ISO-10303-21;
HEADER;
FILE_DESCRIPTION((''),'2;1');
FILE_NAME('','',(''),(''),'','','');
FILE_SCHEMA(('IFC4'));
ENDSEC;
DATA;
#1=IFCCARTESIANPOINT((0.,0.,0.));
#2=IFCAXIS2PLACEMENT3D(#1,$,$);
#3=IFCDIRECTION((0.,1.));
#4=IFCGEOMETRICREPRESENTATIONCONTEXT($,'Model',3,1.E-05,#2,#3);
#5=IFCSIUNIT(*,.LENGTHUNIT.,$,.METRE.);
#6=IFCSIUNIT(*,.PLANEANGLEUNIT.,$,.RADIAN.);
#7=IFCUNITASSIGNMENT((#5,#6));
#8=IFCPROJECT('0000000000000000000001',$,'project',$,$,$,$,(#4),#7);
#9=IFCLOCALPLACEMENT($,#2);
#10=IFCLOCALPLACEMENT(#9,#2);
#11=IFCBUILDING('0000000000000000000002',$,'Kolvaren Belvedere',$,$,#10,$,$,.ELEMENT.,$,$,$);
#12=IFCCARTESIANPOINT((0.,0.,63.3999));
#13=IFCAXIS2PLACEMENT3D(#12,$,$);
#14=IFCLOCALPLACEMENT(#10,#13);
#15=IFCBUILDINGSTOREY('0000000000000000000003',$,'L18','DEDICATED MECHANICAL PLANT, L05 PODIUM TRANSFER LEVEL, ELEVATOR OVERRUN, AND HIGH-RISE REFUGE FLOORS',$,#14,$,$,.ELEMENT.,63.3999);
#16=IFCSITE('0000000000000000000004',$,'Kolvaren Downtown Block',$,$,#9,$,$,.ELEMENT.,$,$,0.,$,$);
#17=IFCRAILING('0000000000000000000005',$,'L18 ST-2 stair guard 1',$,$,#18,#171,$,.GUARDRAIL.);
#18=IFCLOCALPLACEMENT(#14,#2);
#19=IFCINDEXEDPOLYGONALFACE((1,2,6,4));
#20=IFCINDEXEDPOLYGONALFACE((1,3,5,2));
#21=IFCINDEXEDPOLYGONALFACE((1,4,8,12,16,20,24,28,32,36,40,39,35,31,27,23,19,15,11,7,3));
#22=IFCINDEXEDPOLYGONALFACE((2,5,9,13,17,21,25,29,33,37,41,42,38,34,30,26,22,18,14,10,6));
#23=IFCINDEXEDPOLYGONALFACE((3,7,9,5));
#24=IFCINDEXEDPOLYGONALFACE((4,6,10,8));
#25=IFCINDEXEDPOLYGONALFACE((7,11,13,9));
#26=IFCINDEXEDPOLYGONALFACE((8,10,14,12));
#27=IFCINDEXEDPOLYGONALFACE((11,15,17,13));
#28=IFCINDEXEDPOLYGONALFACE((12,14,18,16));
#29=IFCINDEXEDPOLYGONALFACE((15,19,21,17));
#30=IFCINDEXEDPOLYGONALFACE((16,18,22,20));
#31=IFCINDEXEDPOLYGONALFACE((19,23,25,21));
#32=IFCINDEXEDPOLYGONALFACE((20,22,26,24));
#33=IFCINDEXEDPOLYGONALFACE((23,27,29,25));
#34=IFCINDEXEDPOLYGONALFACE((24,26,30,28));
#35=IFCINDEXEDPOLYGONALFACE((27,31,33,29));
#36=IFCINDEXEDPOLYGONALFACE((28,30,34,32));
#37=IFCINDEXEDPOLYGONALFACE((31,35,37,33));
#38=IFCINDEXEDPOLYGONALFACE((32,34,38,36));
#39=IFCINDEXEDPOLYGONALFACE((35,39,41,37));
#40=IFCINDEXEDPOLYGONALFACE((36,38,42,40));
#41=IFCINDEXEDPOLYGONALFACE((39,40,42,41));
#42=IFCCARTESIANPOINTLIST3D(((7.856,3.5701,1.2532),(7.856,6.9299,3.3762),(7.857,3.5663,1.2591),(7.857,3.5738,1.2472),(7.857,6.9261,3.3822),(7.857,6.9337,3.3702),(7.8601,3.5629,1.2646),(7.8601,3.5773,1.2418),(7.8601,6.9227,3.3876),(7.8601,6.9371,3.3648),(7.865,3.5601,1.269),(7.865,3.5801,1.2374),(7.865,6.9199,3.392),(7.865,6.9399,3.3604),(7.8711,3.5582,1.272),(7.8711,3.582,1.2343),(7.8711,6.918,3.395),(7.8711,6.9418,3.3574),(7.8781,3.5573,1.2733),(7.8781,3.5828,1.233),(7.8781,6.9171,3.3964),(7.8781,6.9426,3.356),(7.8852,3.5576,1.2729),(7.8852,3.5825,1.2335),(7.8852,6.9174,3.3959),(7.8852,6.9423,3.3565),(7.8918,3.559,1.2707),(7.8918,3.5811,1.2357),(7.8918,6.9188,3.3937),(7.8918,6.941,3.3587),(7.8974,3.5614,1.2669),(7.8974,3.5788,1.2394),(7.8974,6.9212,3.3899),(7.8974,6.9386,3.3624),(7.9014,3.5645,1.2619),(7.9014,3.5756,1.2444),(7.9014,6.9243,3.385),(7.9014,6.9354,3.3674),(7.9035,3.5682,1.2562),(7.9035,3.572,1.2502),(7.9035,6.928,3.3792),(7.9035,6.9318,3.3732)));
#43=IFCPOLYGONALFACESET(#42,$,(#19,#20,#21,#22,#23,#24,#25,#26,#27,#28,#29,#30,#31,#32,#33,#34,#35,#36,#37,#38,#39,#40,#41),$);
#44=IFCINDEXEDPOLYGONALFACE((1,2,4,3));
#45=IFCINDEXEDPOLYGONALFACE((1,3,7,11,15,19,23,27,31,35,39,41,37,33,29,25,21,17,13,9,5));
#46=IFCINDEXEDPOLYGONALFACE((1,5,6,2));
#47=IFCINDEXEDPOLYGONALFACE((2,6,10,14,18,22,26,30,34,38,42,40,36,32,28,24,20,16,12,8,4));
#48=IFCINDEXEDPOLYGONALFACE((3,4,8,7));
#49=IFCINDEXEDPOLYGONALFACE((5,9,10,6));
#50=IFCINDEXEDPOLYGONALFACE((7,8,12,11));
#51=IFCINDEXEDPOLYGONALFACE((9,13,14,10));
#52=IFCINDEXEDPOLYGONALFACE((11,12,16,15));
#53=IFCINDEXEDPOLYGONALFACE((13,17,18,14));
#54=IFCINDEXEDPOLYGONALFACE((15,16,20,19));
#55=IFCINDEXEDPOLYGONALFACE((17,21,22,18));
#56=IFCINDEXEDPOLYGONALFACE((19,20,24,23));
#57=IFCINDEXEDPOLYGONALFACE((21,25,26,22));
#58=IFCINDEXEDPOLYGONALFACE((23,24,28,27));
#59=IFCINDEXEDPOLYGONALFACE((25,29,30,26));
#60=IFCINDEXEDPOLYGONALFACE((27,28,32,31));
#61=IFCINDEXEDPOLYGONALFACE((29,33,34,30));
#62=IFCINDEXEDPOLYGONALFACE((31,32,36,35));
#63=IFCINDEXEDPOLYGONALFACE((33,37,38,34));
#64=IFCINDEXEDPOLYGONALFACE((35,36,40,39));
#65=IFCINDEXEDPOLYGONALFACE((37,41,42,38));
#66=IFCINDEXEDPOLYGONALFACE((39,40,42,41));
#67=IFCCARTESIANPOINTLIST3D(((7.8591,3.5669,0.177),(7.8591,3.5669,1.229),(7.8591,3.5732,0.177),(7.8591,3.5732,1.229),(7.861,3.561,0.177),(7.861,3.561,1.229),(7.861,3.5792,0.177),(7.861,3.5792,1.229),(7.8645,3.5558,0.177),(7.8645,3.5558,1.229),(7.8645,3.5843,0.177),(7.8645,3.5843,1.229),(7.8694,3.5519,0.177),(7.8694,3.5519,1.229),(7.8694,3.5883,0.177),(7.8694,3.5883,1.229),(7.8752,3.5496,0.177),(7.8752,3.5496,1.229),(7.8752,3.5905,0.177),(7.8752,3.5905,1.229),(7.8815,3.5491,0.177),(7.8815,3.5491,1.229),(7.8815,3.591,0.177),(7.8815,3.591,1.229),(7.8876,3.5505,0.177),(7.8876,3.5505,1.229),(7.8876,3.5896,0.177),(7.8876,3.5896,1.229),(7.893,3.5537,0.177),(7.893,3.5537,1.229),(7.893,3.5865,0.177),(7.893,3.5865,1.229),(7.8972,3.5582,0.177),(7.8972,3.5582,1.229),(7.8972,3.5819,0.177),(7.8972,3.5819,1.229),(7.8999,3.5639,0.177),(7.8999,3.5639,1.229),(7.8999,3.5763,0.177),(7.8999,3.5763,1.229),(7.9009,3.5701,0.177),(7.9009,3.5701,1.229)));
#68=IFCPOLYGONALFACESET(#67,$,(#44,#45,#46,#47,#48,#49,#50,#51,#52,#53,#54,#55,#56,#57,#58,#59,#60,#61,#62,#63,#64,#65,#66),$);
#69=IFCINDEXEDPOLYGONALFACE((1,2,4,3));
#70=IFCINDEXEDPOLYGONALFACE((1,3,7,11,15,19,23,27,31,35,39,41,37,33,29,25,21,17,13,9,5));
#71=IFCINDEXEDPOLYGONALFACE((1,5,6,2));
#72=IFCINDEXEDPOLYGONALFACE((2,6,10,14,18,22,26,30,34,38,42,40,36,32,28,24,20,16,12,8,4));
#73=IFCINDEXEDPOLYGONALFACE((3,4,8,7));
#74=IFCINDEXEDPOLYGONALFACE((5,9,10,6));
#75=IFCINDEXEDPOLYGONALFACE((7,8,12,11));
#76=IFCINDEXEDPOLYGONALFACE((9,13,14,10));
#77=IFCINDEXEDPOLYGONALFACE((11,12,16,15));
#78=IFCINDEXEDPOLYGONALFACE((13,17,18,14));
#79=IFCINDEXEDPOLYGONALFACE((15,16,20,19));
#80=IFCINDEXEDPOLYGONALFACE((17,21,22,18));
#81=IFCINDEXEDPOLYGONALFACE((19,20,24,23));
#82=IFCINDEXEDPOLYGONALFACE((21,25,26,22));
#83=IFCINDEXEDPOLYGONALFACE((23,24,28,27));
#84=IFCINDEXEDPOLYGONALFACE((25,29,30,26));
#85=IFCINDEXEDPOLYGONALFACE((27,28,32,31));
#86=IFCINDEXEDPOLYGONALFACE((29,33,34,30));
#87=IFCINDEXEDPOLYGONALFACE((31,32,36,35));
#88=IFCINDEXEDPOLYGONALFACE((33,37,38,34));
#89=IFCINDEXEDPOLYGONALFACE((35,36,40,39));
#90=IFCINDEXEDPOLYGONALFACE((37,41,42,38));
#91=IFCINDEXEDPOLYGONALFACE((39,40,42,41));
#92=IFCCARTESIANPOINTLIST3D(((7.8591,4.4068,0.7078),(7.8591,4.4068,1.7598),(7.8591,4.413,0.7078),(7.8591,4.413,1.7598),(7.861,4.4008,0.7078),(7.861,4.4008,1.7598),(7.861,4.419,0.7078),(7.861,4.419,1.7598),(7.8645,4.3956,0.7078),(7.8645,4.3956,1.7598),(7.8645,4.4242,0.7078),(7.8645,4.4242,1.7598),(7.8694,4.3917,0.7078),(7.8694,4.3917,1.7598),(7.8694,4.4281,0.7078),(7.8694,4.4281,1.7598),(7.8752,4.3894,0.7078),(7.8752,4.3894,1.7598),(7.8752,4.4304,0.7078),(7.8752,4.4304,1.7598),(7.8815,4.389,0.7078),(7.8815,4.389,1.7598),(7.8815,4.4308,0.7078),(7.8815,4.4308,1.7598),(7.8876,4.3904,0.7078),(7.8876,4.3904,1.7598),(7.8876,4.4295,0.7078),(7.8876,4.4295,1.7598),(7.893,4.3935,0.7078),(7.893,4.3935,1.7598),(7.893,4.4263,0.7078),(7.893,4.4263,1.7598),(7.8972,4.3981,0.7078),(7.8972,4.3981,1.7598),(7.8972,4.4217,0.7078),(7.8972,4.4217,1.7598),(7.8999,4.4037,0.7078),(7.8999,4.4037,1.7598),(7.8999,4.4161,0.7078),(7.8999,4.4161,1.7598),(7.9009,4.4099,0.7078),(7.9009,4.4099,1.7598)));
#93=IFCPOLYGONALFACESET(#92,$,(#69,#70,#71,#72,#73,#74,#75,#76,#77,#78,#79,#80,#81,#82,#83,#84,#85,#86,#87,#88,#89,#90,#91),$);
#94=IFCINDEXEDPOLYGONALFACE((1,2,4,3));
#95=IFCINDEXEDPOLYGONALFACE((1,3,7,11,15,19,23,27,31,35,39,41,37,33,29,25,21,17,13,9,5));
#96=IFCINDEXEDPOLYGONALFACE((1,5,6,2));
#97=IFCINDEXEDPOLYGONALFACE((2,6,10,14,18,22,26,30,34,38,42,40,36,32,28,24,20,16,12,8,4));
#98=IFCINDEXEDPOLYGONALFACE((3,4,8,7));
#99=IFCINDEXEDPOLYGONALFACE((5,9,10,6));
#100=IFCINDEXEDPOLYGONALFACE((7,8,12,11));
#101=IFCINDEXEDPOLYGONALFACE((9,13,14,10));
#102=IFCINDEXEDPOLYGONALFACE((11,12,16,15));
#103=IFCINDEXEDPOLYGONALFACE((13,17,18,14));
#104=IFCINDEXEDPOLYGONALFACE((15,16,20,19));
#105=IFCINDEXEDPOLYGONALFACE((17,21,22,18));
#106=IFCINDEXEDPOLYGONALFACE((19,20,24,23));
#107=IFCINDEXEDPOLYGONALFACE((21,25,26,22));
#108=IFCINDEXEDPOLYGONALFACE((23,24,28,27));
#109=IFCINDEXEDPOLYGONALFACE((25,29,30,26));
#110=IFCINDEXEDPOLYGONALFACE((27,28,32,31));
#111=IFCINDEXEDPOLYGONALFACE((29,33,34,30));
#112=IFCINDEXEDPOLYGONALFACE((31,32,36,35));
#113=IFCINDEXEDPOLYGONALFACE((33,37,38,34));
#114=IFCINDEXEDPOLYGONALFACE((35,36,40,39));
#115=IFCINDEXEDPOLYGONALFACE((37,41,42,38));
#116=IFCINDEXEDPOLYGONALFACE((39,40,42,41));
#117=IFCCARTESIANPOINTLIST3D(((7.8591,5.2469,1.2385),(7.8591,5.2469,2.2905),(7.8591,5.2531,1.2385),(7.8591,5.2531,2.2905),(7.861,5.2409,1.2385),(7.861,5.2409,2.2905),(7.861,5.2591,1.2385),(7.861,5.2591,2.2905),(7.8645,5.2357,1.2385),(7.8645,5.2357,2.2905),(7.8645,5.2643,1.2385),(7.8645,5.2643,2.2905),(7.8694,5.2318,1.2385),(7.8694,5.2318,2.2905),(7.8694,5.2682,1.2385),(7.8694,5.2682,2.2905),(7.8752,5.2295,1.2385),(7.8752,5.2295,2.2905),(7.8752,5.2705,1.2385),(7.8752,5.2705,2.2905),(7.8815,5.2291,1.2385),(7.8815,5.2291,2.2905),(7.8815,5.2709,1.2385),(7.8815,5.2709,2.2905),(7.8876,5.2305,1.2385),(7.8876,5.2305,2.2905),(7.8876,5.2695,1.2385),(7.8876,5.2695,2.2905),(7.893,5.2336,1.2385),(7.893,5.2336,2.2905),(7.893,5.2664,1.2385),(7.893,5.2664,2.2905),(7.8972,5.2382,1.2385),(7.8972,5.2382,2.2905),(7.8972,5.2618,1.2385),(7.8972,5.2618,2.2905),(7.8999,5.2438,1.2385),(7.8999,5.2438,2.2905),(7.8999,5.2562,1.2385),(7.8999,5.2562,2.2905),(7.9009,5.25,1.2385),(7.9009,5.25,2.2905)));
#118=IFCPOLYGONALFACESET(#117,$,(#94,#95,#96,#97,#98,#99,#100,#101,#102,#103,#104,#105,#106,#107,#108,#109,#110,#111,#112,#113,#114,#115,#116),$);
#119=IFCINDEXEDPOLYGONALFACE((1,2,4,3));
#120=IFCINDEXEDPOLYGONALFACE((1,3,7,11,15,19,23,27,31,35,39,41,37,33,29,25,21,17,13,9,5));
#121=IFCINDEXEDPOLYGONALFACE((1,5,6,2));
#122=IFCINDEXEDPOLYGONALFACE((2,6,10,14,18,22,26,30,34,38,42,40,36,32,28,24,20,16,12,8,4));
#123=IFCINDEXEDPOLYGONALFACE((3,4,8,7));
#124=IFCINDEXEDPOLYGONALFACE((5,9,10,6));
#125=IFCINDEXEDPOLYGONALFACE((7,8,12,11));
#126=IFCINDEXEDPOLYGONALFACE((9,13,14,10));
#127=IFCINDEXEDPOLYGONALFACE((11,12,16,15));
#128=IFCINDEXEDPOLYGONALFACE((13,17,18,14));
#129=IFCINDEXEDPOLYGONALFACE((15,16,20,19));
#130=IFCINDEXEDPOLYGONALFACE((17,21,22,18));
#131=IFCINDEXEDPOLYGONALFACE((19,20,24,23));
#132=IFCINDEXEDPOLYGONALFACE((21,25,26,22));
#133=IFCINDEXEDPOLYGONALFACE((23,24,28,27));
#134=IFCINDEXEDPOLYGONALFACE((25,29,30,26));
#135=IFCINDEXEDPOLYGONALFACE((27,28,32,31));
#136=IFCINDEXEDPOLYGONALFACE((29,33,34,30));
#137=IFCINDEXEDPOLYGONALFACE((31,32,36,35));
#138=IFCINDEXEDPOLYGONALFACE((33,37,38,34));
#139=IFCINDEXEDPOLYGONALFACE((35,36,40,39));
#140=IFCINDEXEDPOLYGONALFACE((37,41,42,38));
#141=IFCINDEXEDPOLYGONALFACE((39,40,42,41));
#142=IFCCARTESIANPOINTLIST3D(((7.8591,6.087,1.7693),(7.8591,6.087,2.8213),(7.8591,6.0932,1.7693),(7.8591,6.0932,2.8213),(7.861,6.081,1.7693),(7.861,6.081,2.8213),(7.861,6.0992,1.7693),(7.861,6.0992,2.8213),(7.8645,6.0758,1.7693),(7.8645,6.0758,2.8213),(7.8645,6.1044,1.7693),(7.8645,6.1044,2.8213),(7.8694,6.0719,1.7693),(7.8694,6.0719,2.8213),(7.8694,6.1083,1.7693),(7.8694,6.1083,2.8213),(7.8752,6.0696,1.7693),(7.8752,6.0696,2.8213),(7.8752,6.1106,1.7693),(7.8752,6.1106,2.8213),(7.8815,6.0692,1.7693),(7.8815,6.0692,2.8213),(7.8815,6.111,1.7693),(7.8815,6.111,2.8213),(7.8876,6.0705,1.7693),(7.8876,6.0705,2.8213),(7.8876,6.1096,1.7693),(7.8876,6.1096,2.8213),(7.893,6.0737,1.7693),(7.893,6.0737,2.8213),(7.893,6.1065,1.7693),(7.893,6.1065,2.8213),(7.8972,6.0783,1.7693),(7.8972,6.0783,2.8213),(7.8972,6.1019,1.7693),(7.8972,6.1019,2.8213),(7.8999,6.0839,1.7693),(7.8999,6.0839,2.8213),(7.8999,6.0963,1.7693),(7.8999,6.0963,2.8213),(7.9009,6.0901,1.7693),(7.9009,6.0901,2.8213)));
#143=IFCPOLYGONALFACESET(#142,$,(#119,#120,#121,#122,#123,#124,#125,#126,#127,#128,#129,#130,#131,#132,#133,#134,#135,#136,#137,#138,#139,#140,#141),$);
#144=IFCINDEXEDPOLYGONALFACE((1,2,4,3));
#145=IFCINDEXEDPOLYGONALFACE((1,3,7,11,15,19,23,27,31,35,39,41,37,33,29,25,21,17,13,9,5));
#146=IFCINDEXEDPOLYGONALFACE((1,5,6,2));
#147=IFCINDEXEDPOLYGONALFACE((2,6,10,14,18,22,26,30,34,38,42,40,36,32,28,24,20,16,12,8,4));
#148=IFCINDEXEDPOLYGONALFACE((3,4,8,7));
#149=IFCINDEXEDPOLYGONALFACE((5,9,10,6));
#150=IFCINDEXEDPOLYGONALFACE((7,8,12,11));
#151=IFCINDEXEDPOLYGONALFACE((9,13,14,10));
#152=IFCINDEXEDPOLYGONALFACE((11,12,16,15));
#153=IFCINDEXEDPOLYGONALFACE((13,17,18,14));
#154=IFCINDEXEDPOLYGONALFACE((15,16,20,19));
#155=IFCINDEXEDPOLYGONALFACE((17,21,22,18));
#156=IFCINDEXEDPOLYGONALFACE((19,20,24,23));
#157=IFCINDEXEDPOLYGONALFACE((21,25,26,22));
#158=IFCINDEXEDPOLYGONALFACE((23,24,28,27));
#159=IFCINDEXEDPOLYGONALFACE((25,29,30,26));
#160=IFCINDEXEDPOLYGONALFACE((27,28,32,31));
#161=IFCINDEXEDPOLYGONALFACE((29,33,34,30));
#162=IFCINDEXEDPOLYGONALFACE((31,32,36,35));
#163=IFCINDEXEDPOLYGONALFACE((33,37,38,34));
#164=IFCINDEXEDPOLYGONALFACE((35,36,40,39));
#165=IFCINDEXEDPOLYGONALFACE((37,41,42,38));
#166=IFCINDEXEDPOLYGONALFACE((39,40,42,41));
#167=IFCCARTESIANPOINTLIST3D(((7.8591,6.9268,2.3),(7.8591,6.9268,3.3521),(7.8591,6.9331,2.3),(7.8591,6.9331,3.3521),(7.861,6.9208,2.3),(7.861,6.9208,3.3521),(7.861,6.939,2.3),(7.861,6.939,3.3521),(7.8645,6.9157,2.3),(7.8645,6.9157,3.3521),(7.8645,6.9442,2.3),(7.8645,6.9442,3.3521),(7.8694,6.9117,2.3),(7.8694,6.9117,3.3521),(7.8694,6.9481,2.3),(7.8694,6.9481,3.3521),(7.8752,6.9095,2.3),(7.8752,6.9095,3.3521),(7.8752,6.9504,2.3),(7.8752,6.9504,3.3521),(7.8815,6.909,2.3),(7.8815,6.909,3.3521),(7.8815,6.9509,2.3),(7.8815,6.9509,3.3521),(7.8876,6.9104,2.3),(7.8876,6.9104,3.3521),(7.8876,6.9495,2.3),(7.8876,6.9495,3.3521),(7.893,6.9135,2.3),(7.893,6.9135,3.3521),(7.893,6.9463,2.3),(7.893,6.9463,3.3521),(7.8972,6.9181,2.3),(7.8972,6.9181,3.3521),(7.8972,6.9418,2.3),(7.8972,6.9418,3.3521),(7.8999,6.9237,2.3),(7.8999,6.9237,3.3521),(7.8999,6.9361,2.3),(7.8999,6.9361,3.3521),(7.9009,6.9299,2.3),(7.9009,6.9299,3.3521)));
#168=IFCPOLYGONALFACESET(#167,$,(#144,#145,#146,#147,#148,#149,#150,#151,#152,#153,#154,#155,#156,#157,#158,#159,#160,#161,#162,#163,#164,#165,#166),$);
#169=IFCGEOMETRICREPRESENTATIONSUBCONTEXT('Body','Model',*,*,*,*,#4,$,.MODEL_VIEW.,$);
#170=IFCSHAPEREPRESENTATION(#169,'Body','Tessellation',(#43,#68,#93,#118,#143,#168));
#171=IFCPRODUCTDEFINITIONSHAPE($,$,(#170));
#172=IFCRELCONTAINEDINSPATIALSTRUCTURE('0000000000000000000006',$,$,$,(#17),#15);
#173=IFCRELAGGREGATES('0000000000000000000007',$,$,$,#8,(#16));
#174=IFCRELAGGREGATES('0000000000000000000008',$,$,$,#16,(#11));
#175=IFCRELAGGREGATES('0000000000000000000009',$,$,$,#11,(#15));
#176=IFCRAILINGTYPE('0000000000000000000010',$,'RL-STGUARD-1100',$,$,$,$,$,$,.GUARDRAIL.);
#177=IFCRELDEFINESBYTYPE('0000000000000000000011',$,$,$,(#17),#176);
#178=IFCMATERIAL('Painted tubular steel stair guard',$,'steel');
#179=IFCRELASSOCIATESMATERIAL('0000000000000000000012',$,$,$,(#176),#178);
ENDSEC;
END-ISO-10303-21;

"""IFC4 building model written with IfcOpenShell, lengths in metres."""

from ifc_helpers import new_model, si_unit, direction, frame, origin, origin_2d, place, context, subcontext, project, spatial, circle, extrude, material, type_object, element, save


model = new_model("IFC4")

# Units and contexts
model_context = context("Model", 3, precision=1e-05, world=origin(), true_north=direction((0.0, 1.0)))
body_context = subcontext(model_context, "Body", "Model", "MODEL_VIEW")
ifc_project = project(units=[si_unit("LENGTHUNIT", "METRE"), si_unit("PLANEANGLEUNIT", "RADIAN")], contexts=[model_context])

# Site, building, storey
site_placement = place(None, origin())
site = spatial("IfcSite", under=ifc_project, at=site_placement, Name="Kolvaren Downtown Block", CompositionType="ELEMENT", RefElevation=0.0)
building_placement = place(site_placement, origin())
building = spatial("IfcBuilding", under=site, at=building_placement, Name="Kolvaren Belvedere", CompositionType="ELEMENT")
storey_placement = place(building_placement, frame((0.0, 0.0, 63.3999)))
storey = spatial("IfcBuildingStorey", under=building, at=storey_placement, Name="L18", Description="DEDICATED MECHANICAL PLANT, L05 PODIUM TRANSFER LEVEL, ELEVATOR OVERRUN, AND HIGH-RISE REFUGE FLOORS", CompositionType="ELEMENT", Elevation=63.3999)

# Railing
ifc_material_1 = material(Name="Painted tubular steel stair guard", Category="steel")
railing_type_1 = type_object("IfcRailingType", Name="RL-STGUARD-1100", PredefinedType="GUARDRAIL", material=ifc_material_1)
railing_1_placement = place(storey_placement, frame((7.8799, 3.5701, 0.177)))
element("IfcRailing", 1, at=railing_1_placement, inside=storey, type_object=railing_type_1, Name="L18 ST-2 stair guard 1", PredefinedType="GUARDRAIL", context=body_context, shape_type="SweptSolid", body=[
    extrude(circle(Radius=0.0239, at=origin_2d()), frame((0.0, 0.0, 1.0762), z_axis=(0.0, 0.845372, 0.534178), x_axis=(-1.0, 0.0, 0.0)), (0.0, 0.0, 1.0), 3.9744),
    extrude(circle(Radius=0.021, at=origin_2d()), origin(), (0.0, 0.0, 1.0), 1.052),
    extrude(circle(Radius=0.021, at=origin_2d()), frame((0.0, 0.8398, 0.5308)), (0.0, 0.0, 1.0), 1.052),
    extrude(circle(Radius=0.021, at=origin_2d()), frame((0.0, 1.6799, 1.0615)), (0.0, 0.0, 1.0), 1.052),
    extrude(circle(Radius=0.021, at=origin_2d()), frame((0.0, 2.52, 1.5923)), (0.0, 0.0, 1.0), 1.052),
    extrude(circle(Radius=0.021, at=origin_2d()), frame((0.0, 3.3599, 2.123)), (0.0, 0.0, 1.0), 1.052),
])

save(model, "model.ifc")
